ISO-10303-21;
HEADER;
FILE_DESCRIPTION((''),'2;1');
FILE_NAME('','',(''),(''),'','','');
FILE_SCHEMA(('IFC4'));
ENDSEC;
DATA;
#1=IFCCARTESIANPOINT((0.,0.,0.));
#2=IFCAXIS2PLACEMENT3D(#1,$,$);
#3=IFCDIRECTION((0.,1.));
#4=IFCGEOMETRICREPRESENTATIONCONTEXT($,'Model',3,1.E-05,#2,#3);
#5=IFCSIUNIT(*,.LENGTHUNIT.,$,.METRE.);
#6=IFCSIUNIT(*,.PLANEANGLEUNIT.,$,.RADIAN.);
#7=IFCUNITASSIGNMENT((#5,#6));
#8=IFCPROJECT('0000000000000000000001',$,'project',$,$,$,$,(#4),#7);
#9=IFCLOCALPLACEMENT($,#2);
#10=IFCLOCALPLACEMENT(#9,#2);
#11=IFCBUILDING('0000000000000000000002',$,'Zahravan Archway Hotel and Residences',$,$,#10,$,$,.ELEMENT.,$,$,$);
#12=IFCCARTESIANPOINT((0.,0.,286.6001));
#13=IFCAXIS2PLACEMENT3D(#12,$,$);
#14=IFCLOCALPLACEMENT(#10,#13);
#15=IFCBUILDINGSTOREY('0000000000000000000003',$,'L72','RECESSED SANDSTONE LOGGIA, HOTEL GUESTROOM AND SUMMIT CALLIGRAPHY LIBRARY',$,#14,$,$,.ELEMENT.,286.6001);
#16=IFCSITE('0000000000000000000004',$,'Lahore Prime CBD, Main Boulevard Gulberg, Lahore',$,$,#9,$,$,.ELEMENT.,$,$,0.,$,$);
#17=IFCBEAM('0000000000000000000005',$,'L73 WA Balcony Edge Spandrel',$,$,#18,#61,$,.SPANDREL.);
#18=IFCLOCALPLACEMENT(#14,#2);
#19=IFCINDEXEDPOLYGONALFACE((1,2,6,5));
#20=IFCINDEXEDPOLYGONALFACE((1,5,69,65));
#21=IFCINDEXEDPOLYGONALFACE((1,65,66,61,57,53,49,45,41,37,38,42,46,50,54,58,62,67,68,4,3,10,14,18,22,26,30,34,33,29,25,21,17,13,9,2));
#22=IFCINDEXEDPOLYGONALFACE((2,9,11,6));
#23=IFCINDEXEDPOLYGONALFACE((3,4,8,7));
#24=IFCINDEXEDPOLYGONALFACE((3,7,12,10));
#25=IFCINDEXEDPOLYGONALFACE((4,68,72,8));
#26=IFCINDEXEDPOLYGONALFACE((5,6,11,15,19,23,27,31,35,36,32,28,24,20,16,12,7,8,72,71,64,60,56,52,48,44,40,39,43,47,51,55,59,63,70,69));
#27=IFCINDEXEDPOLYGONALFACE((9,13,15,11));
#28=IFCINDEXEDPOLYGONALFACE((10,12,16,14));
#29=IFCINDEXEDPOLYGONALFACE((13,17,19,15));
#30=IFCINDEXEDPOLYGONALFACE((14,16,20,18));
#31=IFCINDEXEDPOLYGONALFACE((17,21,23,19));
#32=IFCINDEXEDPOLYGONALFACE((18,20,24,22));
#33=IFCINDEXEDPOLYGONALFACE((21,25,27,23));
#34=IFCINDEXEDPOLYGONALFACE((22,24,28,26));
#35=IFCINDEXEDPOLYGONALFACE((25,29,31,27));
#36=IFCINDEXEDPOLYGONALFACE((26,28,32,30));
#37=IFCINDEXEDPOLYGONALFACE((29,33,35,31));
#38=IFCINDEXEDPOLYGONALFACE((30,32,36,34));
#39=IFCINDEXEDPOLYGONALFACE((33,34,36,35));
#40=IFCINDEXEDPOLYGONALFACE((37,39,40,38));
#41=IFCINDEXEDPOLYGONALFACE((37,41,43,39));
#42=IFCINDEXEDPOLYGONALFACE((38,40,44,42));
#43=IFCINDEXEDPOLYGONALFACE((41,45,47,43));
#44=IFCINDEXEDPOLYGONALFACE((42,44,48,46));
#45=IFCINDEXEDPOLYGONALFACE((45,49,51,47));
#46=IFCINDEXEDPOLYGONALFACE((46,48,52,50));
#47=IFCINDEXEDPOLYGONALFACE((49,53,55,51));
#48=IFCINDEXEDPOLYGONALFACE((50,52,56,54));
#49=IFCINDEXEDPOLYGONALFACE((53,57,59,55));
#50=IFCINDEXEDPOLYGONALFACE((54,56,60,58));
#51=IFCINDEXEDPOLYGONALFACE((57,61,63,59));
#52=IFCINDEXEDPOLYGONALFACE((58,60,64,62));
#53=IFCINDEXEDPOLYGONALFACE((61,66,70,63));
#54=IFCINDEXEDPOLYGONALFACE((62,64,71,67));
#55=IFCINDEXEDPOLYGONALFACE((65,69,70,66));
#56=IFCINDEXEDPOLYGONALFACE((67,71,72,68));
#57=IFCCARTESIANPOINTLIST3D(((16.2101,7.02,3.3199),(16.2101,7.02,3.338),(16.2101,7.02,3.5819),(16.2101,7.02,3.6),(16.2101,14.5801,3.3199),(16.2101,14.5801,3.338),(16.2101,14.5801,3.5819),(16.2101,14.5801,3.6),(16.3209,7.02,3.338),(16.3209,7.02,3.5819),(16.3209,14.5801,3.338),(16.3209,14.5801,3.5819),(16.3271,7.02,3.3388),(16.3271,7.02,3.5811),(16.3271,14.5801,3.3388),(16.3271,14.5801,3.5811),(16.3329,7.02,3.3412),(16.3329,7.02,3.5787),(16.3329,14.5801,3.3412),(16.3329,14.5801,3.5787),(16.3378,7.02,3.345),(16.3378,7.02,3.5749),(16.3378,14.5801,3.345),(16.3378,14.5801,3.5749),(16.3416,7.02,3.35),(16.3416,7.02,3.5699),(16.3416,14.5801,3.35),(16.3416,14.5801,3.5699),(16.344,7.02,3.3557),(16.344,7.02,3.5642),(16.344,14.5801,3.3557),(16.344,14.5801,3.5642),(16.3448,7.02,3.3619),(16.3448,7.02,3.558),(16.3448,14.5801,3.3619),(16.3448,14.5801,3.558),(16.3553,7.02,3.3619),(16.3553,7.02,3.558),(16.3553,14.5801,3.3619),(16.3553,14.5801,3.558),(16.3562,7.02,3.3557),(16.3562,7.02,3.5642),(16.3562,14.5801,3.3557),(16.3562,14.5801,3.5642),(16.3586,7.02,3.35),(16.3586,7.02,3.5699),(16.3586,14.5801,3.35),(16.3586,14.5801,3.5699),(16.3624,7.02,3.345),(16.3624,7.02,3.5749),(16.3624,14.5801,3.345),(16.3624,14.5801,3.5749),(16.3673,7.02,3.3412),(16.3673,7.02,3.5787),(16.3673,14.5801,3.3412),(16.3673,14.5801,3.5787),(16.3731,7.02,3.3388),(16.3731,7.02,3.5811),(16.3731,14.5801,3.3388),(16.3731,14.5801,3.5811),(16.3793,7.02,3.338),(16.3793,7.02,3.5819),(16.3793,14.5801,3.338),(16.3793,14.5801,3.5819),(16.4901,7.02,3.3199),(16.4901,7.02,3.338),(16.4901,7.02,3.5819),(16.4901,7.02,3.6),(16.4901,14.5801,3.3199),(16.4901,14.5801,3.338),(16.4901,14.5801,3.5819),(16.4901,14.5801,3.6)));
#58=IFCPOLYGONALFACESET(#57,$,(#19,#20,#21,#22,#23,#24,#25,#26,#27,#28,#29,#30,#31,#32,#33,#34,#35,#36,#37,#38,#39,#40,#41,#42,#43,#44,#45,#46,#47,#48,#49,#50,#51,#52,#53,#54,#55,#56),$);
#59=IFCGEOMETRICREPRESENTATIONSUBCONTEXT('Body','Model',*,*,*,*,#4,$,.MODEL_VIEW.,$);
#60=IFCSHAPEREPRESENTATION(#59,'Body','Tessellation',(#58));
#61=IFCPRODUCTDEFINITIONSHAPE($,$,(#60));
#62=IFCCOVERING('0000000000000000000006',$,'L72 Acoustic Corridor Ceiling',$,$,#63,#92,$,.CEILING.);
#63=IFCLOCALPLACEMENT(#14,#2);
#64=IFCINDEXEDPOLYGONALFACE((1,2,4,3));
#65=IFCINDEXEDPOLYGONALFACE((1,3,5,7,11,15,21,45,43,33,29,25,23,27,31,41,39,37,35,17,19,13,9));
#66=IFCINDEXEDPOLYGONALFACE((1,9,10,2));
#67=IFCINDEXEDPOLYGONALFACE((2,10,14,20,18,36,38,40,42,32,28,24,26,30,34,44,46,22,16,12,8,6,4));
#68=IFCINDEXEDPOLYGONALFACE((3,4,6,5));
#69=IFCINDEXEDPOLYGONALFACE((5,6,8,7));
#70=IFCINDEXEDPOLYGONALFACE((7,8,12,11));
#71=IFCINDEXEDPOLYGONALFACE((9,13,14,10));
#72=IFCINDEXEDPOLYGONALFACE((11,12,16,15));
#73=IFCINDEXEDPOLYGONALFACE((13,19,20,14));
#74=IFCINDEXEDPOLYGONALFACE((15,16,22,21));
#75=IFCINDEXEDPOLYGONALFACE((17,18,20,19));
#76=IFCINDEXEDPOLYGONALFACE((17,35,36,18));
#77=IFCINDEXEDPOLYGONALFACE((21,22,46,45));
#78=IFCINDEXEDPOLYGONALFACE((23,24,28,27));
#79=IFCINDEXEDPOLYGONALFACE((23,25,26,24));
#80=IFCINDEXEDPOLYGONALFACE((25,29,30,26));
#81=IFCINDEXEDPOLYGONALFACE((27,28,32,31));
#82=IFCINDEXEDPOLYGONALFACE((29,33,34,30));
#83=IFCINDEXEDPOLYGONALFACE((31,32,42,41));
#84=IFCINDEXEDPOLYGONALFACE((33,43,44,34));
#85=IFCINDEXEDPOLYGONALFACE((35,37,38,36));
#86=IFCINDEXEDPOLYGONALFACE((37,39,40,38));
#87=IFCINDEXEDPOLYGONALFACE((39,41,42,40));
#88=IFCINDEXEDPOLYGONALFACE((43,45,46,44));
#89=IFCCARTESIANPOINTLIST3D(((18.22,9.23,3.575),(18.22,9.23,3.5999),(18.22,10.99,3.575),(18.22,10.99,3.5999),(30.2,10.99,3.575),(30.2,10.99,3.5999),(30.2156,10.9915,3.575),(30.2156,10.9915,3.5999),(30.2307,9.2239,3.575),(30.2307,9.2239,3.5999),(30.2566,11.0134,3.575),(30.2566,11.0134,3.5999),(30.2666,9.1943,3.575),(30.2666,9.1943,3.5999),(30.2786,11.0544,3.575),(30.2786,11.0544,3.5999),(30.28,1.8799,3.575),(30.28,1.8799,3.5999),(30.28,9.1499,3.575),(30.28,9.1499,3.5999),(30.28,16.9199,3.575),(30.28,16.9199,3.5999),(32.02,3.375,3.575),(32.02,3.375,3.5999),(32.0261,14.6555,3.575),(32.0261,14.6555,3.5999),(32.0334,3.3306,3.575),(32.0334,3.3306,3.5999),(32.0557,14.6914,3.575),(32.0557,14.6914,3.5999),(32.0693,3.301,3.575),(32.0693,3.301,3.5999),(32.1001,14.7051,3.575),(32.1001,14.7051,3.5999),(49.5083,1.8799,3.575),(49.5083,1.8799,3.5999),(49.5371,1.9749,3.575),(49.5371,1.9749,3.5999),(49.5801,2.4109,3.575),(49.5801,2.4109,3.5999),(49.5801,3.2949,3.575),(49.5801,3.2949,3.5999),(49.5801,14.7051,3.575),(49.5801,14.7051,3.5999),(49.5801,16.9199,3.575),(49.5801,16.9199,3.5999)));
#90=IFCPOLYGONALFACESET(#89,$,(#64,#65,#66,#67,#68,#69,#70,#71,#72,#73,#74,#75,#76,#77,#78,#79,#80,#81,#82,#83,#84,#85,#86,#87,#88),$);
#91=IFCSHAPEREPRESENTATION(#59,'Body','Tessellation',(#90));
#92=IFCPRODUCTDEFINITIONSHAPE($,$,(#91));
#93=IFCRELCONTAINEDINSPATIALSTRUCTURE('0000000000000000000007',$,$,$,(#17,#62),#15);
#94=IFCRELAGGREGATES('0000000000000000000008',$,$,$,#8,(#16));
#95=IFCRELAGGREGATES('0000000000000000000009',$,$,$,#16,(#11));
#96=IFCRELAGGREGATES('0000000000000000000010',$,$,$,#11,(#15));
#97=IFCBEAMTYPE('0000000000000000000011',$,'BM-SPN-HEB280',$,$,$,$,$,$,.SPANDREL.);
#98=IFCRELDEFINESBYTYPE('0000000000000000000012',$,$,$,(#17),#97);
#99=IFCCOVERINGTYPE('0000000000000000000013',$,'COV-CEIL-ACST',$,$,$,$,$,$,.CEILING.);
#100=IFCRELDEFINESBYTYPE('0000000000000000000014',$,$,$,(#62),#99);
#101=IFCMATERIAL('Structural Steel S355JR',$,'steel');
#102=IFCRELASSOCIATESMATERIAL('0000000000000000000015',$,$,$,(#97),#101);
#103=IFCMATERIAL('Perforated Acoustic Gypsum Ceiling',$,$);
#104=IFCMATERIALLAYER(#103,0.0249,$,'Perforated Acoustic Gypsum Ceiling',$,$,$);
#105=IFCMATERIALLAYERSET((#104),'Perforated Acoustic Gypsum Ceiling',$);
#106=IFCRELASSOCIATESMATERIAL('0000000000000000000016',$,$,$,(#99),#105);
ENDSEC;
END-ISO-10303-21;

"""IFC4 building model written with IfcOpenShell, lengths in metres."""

from ifc_helpers import new_model, si_unit, direction, frame, origin, origin_2d, place, context, subcontext, project, spatial, polyline, i_section, outline, extrude, source, transform, mapped, material, layer, layer_set, material_profile, profile_set, type_object, type_shapes, element, save


model = new_model("IFC4")

# Units and contexts
model_context = context("Model", 3, precision=1e-05, world=origin(), true_north=direction((0.0, 1.0)))
body_context = subcontext(model_context, "Body", "Model", "MODEL_VIEW")
ifc_project = project(units=[si_unit("LENGTHUNIT", "METRE"), si_unit("PLANEANGLEUNIT", "RADIAN")], contexts=[model_context])

# Site, building, storey
site_placement = place(None, origin())
site = spatial("IfcSite", under=ifc_project, at=site_placement, Name="Lahore Prime CBD, Main Boulevard Gulberg, Lahore", CompositionType="ELEMENT", RefElevation=0.0)
building_placement = place(site_placement, origin())
building = spatial("IfcBuilding", under=site, at=building_placement, Name="Zahravan Archway Hotel and Residences", CompositionType="ELEMENT")
storey_placement = place(building_placement, frame((0.0, 0.0, 286.6001)))
storey = spatial("IfcBuildingStorey", under=building, at=storey_placement, Name="L72", Description="RECESSED SANDSTONE LOGGIA, HOTEL GUESTROOM AND SUMMIT CALLIGRAPHY LIBRARY", CompositionType="ELEMENT", Elevation=286.6001)

# Beam
ifc_material_1 = material(Name="Structural Steel S355JR", Category="steel")
ifc_material_profile = material_profile(ifc_material_1, i_section(OverallWidth=0.28, OverallDepth=0.28, WebThickness=0.0105, FlangeThickness=0.0181, FilletRadius=0.0239, at=origin_2d()), Name="HEB 280", Category="steel")
ifc_profile_set = profile_set([ifc_material_profile], Name="Structural Steel S355JR")
beam_type = type_object("IfcBeamType", Name="BM-SPN-HEB280", PredefinedType="SPANDREL", material=ifc_profile_set)
shared_shape_1 = source(origin(), body_context, "Body", "SweptSolid", [
    extrude(i_section(OverallWidth=0.28, OverallDepth=0.28, WebThickness=0.0105, FlangeThickness=0.0181, FilletRadius=0.0239, at=origin_2d()), origin(), (0.0, 0.0, 1.0), 7.5601),
])
type_shapes(beam_type, [shared_shape_1])
beam_placement = place(storey_placement, frame((16.3501, 7.02, 3.46), z_axis=(0.0, 1.0, 0.0), x_axis=(-1.0, 0.0, 0.0)))
element("IfcBeam", 1, at=beam_placement, inside=storey, type_object=beam_type, Name="L73 WA Balcony Edge Spandrel", PredefinedType="SPANDREL", context=body_context, shape_type="MappedRepresentation", body=[
    mapped(shared_shape_1, transform((0.0, 0.0, 0.0), scale=1.0)),
])

# Covering
ifc_material_2 = material(Name="Perforated Acoustic Gypsum Ceiling")
ifc_layer_1 = layer(ifc_material_2, 0.0249, Name="Perforated Acoustic Gypsum Ceiling")
ifc_layer_set_1 = layer_set([ifc_layer_1], Name="Perforated Acoustic Gypsum Ceiling")
covering_type = type_object("IfcCoveringType", Name="COV-CEIL-ACST", PredefinedType="CEILING", material=ifc_layer_set_1)
covering_placement = place(storey_placement, frame((0.0, 0.0, 3.575)))
element("IfcCovering", 2, at=covering_placement, inside=storey, type_object=covering_type, Name="L72 Acoustic Corridor Ceiling", PredefinedType="CEILING", context=body_context, shape_type="SweptSolid", body=[
    extrude(outline(polyline([(30.2156, 10.9915), (30.2566, 11.0134), (30.2786, 11.0544), (30.28, 16.9199), (49.5801, 16.9199), (49.5801, 14.7051), (32.1001, 14.7051), (32.0557, 14.6914), (32.0261, 14.6555), (32.02, 3.375), (32.0334, 3.3306), (32.0693, 3.301), (49.5801, 3.2949), (49.5801, 2.4109), (49.5371, 1.9749), (49.5083, 1.8799), (30.28, 1.8799), (30.28, 9.1499), (30.2666, 9.1943), (30.2307, 9.2239), (18.22, 9.23), (18.22, 10.99), (30.2, 10.99), (30.2156, 10.9915)])), origin(), (0.0, 0.0, 1.0), 0.0249),
])

save(model, "model.ifc")
